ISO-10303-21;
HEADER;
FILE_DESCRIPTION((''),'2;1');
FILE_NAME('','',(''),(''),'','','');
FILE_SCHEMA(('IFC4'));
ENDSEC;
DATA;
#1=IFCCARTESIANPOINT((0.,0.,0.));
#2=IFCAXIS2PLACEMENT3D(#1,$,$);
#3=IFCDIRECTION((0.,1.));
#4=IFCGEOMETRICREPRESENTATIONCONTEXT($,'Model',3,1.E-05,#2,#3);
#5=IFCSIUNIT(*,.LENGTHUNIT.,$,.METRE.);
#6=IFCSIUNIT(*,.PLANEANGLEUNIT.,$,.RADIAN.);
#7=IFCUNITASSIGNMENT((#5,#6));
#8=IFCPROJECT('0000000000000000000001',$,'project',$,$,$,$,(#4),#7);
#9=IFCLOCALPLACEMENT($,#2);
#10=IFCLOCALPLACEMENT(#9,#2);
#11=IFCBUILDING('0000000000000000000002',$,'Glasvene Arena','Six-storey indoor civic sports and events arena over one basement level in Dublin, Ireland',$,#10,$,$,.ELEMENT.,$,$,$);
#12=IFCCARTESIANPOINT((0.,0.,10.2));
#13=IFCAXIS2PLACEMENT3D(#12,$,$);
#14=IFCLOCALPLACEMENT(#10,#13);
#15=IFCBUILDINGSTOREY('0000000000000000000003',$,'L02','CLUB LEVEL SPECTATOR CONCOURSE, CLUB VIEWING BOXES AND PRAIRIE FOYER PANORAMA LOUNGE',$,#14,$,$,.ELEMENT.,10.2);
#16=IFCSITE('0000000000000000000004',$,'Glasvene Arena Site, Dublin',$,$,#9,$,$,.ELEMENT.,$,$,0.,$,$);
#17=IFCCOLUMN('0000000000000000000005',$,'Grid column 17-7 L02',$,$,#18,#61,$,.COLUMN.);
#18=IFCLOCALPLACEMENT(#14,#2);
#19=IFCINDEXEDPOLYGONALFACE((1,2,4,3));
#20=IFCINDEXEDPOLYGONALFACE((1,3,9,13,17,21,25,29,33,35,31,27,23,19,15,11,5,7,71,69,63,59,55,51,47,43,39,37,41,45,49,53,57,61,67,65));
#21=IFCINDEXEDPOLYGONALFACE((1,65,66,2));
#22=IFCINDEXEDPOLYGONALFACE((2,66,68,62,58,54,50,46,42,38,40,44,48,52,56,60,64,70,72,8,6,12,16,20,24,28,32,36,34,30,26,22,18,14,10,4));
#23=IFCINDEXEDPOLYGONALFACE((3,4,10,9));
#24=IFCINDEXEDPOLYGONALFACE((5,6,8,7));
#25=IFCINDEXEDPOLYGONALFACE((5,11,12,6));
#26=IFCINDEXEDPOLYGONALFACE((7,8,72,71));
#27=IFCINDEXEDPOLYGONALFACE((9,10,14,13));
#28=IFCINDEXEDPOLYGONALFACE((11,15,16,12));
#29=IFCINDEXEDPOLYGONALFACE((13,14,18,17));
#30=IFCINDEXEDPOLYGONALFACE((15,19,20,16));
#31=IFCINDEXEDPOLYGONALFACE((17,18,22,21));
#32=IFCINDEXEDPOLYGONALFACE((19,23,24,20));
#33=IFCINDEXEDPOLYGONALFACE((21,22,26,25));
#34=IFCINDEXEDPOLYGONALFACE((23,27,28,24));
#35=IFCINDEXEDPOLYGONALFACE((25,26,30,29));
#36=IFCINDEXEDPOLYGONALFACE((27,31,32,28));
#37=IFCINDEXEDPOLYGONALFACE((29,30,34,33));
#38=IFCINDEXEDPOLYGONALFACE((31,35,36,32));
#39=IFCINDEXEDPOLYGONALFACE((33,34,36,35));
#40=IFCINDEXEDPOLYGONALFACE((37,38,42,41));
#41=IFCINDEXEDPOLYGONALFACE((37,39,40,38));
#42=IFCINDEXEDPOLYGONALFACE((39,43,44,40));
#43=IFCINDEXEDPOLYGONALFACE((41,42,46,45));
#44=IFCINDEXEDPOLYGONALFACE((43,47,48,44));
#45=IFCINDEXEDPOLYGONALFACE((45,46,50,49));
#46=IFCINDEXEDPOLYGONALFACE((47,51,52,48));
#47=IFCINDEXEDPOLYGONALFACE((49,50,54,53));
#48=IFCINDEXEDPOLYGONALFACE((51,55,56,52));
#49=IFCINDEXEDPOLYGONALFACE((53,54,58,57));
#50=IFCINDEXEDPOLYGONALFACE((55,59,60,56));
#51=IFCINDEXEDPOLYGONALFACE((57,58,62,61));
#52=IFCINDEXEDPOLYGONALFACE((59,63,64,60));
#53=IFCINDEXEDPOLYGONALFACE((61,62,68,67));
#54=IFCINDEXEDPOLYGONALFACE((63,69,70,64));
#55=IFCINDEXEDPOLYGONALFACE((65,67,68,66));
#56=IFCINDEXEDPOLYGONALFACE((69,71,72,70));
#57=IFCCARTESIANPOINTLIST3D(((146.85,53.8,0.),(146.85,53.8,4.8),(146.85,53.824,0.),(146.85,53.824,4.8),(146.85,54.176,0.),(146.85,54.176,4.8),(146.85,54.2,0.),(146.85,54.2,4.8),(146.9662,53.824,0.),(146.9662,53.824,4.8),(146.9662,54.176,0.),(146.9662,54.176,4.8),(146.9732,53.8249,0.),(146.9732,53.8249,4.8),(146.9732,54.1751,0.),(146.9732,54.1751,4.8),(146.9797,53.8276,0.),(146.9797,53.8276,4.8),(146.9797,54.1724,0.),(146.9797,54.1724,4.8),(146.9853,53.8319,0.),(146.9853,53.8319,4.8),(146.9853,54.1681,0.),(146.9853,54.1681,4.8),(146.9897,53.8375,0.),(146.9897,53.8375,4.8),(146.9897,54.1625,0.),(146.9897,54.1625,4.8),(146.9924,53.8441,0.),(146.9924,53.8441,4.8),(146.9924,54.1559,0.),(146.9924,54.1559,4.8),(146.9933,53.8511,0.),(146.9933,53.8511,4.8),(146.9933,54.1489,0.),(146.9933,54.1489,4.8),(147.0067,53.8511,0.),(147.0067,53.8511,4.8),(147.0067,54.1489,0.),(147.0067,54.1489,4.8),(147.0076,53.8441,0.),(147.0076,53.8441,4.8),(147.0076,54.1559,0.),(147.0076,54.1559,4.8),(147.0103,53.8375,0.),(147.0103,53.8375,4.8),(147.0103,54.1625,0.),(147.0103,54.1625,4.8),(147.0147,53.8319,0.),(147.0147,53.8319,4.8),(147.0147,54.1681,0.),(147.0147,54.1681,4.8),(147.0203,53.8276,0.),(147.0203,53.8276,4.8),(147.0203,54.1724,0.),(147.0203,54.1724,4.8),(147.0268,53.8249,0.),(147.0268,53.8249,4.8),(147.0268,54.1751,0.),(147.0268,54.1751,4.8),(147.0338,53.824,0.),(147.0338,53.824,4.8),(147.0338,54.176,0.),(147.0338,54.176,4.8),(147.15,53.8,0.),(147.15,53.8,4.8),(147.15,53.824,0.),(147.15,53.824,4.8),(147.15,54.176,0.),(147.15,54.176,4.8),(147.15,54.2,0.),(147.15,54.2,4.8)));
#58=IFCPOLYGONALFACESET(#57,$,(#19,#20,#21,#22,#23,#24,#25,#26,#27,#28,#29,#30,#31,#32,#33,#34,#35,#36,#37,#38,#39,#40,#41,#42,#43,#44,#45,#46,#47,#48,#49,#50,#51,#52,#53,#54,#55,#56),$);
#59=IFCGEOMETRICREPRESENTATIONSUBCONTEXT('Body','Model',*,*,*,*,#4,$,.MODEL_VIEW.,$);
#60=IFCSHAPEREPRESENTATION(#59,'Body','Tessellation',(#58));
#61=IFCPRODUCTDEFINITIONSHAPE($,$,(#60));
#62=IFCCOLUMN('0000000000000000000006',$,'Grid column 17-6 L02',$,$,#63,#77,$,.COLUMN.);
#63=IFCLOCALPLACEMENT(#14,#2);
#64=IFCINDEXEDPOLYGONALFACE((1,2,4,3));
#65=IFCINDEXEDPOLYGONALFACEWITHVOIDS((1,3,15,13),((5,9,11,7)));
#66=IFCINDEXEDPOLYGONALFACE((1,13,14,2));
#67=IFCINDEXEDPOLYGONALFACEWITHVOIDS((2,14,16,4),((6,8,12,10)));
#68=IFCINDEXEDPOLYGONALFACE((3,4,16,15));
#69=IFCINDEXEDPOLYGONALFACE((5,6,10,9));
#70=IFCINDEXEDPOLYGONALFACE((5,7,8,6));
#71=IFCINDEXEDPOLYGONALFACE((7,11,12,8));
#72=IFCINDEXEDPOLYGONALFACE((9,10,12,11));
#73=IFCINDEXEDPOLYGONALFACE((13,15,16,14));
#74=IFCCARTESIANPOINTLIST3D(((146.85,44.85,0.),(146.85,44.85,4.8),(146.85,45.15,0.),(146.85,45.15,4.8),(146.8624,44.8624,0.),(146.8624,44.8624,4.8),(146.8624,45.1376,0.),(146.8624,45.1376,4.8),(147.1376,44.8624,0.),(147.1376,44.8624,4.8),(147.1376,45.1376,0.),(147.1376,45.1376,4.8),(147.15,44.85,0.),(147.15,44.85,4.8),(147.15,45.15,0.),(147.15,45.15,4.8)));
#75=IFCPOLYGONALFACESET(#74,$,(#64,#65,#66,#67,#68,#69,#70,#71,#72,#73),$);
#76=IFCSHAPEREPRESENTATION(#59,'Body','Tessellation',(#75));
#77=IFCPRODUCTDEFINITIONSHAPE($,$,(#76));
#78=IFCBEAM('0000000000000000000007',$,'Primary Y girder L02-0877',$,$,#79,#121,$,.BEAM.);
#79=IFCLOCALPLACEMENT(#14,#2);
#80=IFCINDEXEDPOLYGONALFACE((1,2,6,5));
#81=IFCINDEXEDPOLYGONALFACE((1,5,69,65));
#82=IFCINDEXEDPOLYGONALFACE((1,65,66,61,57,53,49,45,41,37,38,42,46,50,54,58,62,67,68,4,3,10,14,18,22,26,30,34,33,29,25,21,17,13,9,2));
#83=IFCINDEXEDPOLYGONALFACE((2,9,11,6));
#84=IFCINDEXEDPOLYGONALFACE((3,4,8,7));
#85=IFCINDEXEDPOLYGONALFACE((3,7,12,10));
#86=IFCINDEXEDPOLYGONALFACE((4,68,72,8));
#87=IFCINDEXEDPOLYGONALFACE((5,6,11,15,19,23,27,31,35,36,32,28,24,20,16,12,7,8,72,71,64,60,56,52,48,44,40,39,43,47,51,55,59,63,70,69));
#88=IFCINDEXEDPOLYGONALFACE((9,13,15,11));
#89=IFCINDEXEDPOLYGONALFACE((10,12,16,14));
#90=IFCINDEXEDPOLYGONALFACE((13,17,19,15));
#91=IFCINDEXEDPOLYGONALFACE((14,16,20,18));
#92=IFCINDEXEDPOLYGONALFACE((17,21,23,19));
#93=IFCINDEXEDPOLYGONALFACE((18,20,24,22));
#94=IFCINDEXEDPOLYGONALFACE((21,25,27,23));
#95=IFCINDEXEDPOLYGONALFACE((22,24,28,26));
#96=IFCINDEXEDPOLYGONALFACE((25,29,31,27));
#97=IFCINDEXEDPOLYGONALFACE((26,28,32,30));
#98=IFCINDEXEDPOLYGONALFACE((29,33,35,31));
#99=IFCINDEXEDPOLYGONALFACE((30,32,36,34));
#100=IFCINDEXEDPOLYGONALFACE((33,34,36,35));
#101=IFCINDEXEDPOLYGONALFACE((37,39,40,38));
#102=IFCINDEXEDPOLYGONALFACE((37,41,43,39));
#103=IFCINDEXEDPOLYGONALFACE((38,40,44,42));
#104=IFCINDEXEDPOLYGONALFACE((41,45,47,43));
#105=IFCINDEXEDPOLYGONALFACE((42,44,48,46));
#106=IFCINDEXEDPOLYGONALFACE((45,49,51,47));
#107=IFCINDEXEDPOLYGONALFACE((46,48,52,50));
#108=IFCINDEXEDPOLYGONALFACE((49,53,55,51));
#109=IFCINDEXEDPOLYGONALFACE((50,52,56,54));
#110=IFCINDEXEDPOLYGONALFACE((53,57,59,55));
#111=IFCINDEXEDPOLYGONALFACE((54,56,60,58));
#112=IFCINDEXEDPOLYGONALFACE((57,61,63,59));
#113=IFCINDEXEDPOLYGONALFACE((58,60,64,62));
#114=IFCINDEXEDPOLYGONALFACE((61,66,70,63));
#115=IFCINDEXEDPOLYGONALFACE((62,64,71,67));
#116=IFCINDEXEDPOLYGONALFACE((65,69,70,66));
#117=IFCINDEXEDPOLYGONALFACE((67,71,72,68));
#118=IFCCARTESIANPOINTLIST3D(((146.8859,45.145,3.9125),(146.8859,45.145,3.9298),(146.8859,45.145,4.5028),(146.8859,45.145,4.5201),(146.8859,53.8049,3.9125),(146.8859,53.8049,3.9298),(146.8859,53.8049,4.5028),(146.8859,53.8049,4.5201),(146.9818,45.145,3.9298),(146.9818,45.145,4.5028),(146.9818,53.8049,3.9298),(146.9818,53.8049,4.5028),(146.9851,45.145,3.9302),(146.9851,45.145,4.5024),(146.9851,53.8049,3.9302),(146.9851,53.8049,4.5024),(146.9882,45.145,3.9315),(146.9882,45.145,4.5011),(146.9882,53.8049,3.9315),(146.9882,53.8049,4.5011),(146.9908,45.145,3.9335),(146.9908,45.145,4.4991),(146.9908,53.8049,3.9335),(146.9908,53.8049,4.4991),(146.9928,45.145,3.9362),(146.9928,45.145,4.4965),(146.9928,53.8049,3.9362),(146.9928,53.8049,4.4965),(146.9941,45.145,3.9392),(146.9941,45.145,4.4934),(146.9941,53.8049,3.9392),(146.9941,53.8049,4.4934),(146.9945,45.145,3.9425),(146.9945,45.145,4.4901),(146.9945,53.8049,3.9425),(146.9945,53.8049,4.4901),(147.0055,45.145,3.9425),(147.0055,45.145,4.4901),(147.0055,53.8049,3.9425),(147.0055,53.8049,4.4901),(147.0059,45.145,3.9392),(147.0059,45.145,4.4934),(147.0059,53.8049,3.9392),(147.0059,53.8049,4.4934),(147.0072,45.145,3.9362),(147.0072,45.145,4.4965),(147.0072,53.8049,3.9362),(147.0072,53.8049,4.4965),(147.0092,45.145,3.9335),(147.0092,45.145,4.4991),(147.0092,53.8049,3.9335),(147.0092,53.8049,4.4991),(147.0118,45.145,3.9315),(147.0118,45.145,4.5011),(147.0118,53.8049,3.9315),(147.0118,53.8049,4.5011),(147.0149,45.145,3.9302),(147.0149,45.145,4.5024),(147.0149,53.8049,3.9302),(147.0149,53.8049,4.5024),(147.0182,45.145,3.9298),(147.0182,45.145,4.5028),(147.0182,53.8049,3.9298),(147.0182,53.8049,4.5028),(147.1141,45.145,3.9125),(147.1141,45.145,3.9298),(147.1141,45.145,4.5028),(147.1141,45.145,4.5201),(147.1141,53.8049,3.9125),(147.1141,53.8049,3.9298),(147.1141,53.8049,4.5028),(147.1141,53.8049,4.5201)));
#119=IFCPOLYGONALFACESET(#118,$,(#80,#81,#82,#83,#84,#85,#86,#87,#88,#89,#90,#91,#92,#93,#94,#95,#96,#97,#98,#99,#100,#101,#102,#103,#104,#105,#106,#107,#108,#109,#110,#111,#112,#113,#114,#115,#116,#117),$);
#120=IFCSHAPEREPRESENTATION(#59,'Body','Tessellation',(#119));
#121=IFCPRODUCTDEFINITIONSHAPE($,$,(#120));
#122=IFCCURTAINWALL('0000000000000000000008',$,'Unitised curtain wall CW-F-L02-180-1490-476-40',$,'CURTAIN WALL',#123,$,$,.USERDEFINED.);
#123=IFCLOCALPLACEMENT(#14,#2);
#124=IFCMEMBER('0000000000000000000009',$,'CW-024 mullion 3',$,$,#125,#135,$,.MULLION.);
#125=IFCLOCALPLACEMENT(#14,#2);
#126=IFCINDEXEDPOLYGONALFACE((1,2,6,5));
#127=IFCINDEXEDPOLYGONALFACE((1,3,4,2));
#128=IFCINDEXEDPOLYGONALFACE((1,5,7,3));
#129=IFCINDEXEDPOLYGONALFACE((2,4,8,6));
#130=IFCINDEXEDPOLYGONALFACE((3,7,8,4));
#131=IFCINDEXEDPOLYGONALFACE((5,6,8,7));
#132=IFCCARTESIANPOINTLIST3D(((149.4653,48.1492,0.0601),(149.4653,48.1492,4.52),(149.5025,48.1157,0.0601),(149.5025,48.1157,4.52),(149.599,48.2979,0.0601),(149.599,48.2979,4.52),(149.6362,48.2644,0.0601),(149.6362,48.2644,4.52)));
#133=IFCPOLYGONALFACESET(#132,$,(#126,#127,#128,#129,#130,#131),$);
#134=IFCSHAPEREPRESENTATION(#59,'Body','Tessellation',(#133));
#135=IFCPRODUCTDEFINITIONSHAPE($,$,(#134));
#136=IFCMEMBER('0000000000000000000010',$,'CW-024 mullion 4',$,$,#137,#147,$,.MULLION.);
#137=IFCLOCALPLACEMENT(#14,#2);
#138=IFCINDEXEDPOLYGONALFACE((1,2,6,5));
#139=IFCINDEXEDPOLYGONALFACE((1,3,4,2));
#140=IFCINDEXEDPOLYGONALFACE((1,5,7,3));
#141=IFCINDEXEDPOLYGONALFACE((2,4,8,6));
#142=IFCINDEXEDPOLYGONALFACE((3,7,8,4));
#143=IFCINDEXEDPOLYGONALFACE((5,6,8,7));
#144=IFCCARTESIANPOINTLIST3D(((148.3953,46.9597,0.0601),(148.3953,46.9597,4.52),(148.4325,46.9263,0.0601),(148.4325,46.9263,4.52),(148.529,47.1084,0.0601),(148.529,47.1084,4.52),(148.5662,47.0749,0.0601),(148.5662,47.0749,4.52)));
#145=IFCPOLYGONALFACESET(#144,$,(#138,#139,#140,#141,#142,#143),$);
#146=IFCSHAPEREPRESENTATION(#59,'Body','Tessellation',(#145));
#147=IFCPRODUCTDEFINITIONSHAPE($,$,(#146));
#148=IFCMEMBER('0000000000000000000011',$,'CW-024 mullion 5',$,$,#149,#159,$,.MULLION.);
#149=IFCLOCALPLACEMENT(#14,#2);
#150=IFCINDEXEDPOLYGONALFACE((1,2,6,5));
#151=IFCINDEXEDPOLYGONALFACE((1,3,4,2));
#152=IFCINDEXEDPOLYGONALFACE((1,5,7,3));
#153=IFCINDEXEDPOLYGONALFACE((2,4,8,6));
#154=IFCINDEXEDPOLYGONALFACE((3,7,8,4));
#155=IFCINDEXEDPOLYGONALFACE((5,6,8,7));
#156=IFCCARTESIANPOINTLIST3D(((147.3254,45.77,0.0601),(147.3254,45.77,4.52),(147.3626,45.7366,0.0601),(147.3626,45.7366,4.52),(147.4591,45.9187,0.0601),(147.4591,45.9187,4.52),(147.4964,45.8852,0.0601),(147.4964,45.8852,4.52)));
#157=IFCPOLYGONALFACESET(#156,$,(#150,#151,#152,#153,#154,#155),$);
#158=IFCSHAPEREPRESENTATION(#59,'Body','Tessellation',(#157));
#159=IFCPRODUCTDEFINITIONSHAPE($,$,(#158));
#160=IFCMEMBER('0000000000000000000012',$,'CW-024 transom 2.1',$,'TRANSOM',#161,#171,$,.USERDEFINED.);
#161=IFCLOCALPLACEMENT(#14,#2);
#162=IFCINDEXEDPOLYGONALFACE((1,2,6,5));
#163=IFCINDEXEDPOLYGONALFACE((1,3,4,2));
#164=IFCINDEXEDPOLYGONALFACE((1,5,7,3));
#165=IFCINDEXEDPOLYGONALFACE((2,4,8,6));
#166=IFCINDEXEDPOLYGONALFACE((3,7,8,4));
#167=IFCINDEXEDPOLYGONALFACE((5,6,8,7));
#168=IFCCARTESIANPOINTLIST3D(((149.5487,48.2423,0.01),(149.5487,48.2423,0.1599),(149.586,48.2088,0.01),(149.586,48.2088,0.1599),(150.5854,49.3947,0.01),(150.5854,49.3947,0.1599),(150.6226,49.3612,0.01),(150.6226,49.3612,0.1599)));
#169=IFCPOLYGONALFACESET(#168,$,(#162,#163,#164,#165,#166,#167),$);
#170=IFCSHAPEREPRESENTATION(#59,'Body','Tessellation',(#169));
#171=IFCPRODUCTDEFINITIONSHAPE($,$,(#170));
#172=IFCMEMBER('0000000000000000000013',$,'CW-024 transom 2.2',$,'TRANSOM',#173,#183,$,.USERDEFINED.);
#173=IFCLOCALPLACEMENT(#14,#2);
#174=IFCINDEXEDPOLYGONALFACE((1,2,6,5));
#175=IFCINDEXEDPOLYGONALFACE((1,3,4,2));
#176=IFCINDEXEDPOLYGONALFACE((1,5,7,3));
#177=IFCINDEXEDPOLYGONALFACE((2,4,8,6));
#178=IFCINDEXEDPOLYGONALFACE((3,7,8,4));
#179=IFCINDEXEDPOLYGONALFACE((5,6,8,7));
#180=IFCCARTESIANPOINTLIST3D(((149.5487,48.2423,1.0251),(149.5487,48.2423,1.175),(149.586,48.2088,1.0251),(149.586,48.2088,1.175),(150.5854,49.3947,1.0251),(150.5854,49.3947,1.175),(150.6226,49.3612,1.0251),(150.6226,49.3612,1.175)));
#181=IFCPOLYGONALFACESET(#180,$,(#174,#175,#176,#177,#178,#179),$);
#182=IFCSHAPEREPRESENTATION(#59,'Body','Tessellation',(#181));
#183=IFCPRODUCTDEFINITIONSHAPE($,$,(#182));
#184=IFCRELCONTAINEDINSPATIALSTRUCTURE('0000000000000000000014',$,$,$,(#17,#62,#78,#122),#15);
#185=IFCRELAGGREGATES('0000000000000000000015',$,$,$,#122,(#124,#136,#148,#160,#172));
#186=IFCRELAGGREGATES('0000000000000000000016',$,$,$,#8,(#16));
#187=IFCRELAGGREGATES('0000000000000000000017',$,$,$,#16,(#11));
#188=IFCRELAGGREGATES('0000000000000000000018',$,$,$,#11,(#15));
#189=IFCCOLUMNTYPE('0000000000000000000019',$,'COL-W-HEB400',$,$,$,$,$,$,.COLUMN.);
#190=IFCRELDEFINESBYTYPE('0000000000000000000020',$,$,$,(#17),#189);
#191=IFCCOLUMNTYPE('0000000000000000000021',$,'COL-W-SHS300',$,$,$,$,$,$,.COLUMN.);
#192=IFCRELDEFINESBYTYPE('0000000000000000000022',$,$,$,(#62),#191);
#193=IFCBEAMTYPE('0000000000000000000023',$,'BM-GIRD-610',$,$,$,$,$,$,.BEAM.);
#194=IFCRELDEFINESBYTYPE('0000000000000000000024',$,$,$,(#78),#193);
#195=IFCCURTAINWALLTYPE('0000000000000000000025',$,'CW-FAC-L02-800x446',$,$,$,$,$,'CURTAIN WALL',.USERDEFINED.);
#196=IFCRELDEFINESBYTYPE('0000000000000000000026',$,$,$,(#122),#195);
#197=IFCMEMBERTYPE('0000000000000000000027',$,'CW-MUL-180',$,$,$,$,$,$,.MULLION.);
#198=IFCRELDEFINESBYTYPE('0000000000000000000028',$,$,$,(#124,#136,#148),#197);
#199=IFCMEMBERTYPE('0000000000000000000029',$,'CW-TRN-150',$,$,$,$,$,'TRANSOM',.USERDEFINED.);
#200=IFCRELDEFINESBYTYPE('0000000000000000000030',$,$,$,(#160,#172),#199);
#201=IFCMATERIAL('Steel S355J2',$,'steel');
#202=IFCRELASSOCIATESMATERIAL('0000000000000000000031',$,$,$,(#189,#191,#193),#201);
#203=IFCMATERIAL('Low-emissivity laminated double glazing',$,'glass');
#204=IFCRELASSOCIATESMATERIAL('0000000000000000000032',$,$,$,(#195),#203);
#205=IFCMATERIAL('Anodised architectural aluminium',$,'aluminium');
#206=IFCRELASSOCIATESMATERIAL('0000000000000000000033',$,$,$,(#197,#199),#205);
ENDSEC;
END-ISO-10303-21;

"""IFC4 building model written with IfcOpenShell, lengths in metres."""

from ifc_helpers import new_model, si_unit, direction, frame, origin, origin_2d, place, context, subcontext, project, spatial, rectangle, hollow_rectangle, i_section, extrude, material, material_profile, profile_set, type_object, element, aggregate, save


model = new_model("IFC4")

# Units and contexts
model_context = context("Model", 3, precision=1e-05, world=origin(), true_north=direction((0.0, 1.0)))
body_context = subcontext(model_context, "Body", "Model", "MODEL_VIEW")
ifc_project = project(units=[si_unit("LENGTHUNIT", "METRE"), si_unit("PLANEANGLEUNIT", "RADIAN")], contexts=[model_context])

# Site, building, storey
site_placement = place(None, origin())
site = spatial("IfcSite", under=ifc_project, at=site_placement, Name="Glasvene Arena Site, Dublin", CompositionType="ELEMENT", RefElevation=0.0)
building_placement = place(site_placement, origin())
building = spatial("IfcBuilding", under=site, at=building_placement, Name="Glasvene Arena", Description="Six-storey indoor civic sports and events arena over one basement level in Dublin, Ireland", CompositionType="ELEMENT")
storey_placement = place(building_placement, frame((0.0, 0.0, 10.2)))
storey = spatial("IfcBuildingStorey", under=building, at=storey_placement, Name="L02", Description="CLUB LEVEL SPECTATOR CONCOURSE, CLUB VIEWING BOXES AND PRAIRIE FOYER PANORAMA LOUNGE", CompositionType="ELEMENT", Elevation=10.2)

# Columns
ifc_material_1 = material(Name="Steel S355J2", Category="steel")
ifc_material_profile_1 = material_profile(ifc_material_1, i_section(OverallWidth=0.3, OverallDepth=0.3999, WebThickness=0.0134, FlangeThickness=0.0239, FilletRadius=0.0271, at=origin_2d()), Name="HEB 400")
ifc_profile_set_1 = profile_set([ifc_material_profile_1], Name="Steel S355J2")
column_type_1 = type_object("IfcColumnType", Name="COL-W-HEB400", PredefinedType="COLUMN", material=ifc_profile_set_1)
column_1_placement = place(storey_placement, frame((147.0, 54.0, 0.0), z_axis=(0.0, 0.0, 1.0), x_axis=(1.0, 0.0, 0.0)))
element("IfcColumn", 1, at=column_1_placement, inside=storey, type_object=column_type_1, Name="Grid column 17-7 L02", PredefinedType="COLUMN", context=body_context, shape_type="SweptSolid", body=[
    extrude(i_section(OverallWidth=0.3, OverallDepth=0.3999, WebThickness=0.0134, FlangeThickness=0.0239, FilletRadius=0.0271, at=origin_2d()), origin(), (0.0, 0.0, 1.0), 4.8),
])
ifc_material_profile_2 = material_profile(ifc_material_1, hollow_rectangle(XDim=0.3, YDim=0.3, WallThickness=0.0125, at=origin_2d()), Name="SHS 300x300x12.5")
ifc_profile_set_2 = profile_set([ifc_material_profile_2], Name="Steel S355J2")
column_type_2 = type_object("IfcColumnType", Name="COL-W-SHS300", PredefinedType="COLUMN", material=ifc_profile_set_2)
column_2_placement = place(storey_placement, frame((147.0, 45.0, 0.0), z_axis=(0.0, 0.0, 1.0), x_axis=(1.0, 0.0, 0.0)))
element("IfcColumn", 2, at=column_2_placement, inside=storey, type_object=column_type_2, Name="Grid column 17-6 L02", PredefinedType="COLUMN", context=body_context, shape_type="SweptSolid", body=[
    extrude(hollow_rectangle(XDim=0.3, YDim=0.3, WallThickness=0.0125, at=origin_2d()), origin(), (0.0, 0.0, 1.0), 4.8),
])

# Beam
ifc_material_profile_3 = material_profile(ifc_material_1, i_section(OverallWidth=0.2283, OverallDepth=0.6077, WebThickness=0.011, FlangeThickness=0.0173, FilletRadius=0.0127, at=origin_2d()), Name="UKB 610x229x113")
ifc_profile_set_3 = profile_set([ifc_material_profile_3], Name="Steel S355J2")
beam_type = type_object("IfcBeamType", Name="BM-GIRD-610", PredefinedType="BEAM", material=ifc_profile_set_3)
beam_placement = place(storey_placement, frame((147.0, 45.145, 4.2163), z_axis=(0.0, 1.0, 0.0), x_axis=(-1.0, 0.0, 0.0)))
element("IfcBeam", 3, at=beam_placement, inside=storey, type_object=beam_type, Name="Primary Y girder L02-0877", PredefinedType="BEAM", context=body_context, shape_type="SweptSolid", body=[
    extrude(i_section(OverallWidth=0.2283, OverallDepth=0.6077, WebThickness=0.011, FlangeThickness=0.0173, FilletRadius=0.0127, at=origin_2d()), origin(), (0.0, 0.0, 1.0), 8.6599),
])

# Curtain wall, members
ifc_material_2 = material(Name="Low-emissivity laminated double glazing", Category="glass")
curtain_wall_type = type_object("IfcCurtainWallType", Name="CW-FAC-L02-800x446", ElementType="CURTAIN WALL", PredefinedType="USERDEFINED", material=ifc_material_2)
curtain_wall_placement = place(storey_placement, frame((151.6907, 50.5862, 0.0)))
curtain_wall = element("IfcCurtainWall", 4, at=curtain_wall_placement, inside=storey, type_object=curtain_wall_type, Name="Unitised curtain wall CW-F-L02-180-1490-476-40", ObjectType="CURTAIN WALL", PredefinedType="USERDEFINED")
ifc_material_3 = material(Name="Anodised architectural aluminium", Category="aluminium")
ifc_material_profile_4 = material_profile(ifc_material_3, rectangle(XDim=0.05, YDim=0.2, at=origin_2d()), Name="ALU MULLION 50x200")
ifc_profile_set_4 = profile_set([ifc_material_profile_4], Name="Anodised architectural aluminium")
member_type_1 = type_object("IfcMemberType", Name="CW-MUL-180", PredefinedType="MULLION", material=ifc_profile_set_4)
member_1_placement = place(storey_placement, frame((149.5508, 48.2068, 0.0601), z_axis=(0.0, 0.0, 1.0), x_axis=(0.743512, -0.668723, 0.0)))
member_1 = element("IfcMember", 5, at=member_1_placement, type_object=member_type_1, Name="CW-024 mullion 3", PredefinedType="MULLION", context=body_context, shape_type="SweptSolid", body=[
    extrude(rectangle(XDim=0.05, YDim=0.2, at=origin_2d()), origin(), (0.0, 0.0, 1.0), 4.46),
])
member_2_placement = place(storey_placement, frame((148.4807, 47.0173, 0.0601), z_axis=(0.0, 0.0, 1.0), x_axis=(0.743512, -0.668723, 0.0)))
member_2 = element("IfcMember", 6, at=member_2_placement, type_object=member_type_1, Name="CW-024 mullion 4", PredefinedType="MULLION", context=body_context, shape_type="SweptSolid", body=[
    extrude(rectangle(XDim=0.05, YDim=0.2, at=origin_2d()), origin(), (0.0, 0.0, 1.0), 4.46),
])
member_3_placement = place(storey_placement, frame((147.4109, 45.8276, 0.0601), z_axis=(0.0, 0.0, 1.0), x_axis=(0.743512, -0.668723, 0.0)))
member_3 = element("IfcMember", 7, at=member_3_placement, type_object=member_type_1, Name="CW-024 mullion 5", PredefinedType="MULLION", context=body_context, shape_type="SweptSolid", body=[
    extrude(rectangle(XDim=0.05, YDim=0.2, at=origin_2d()), origin(), (0.0, 0.0, 1.0), 4.46),
])
ifc_material_profile_5 = material_profile(ifc_material_3, rectangle(XDim=0.05, YDim=0.1499, at=origin_2d()), Name="ALU TRANSOM 50x150")
ifc_profile_set_5 = profile_set([ifc_material_profile_5], Name="Anodised architectural aluminium")
member_type_2 = type_object("IfcMemberType", Name="CW-TRN-150", ElementType="TRANSOM", PredefinedType="USERDEFINED", material=ifc_profile_set_5)
member_4_placement = place(storey_placement, frame((150.604, 49.3779, 0.085), z_axis=(-0.668791, -0.743451, 0.0), x_axis=(0.743451, -0.668791, 0.0)))
member_4 = element("IfcMember", 8, at=member_4_placement, type_object=member_type_2, Name="CW-024 transom 2.1", ObjectType="TRANSOM", PredefinedType="USERDEFINED", context=body_context, shape_type="SweptSolid", body=[
    extrude(rectangle(XDim=0.05, YDim=0.1499, at=origin_2d()), origin(), (0.0, 0.0, 1.0), 1.55),
])
member_5_placement = place(storey_placement, frame((150.604, 49.3779, 1.1001), z_axis=(-0.668791, -0.743451, 0.0), x_axis=(0.743451, -0.668791, 0.0)))
member_5 = element("IfcMember", 9, at=member_5_placement, type_object=member_type_2, Name="CW-024 transom 2.2", ObjectType="TRANSOM", PredefinedType="USERDEFINED", context=body_context, shape_type="SweptSolid", body=[
    extrude(rectangle(XDim=0.05, YDim=0.1499, at=origin_2d()), origin(), (0.0, 0.0, 1.0), 1.55),
])
aggregate(curtain_wall, [member_1, member_2, member_3, member_4, member_5])

save(model, "model.ifc")
